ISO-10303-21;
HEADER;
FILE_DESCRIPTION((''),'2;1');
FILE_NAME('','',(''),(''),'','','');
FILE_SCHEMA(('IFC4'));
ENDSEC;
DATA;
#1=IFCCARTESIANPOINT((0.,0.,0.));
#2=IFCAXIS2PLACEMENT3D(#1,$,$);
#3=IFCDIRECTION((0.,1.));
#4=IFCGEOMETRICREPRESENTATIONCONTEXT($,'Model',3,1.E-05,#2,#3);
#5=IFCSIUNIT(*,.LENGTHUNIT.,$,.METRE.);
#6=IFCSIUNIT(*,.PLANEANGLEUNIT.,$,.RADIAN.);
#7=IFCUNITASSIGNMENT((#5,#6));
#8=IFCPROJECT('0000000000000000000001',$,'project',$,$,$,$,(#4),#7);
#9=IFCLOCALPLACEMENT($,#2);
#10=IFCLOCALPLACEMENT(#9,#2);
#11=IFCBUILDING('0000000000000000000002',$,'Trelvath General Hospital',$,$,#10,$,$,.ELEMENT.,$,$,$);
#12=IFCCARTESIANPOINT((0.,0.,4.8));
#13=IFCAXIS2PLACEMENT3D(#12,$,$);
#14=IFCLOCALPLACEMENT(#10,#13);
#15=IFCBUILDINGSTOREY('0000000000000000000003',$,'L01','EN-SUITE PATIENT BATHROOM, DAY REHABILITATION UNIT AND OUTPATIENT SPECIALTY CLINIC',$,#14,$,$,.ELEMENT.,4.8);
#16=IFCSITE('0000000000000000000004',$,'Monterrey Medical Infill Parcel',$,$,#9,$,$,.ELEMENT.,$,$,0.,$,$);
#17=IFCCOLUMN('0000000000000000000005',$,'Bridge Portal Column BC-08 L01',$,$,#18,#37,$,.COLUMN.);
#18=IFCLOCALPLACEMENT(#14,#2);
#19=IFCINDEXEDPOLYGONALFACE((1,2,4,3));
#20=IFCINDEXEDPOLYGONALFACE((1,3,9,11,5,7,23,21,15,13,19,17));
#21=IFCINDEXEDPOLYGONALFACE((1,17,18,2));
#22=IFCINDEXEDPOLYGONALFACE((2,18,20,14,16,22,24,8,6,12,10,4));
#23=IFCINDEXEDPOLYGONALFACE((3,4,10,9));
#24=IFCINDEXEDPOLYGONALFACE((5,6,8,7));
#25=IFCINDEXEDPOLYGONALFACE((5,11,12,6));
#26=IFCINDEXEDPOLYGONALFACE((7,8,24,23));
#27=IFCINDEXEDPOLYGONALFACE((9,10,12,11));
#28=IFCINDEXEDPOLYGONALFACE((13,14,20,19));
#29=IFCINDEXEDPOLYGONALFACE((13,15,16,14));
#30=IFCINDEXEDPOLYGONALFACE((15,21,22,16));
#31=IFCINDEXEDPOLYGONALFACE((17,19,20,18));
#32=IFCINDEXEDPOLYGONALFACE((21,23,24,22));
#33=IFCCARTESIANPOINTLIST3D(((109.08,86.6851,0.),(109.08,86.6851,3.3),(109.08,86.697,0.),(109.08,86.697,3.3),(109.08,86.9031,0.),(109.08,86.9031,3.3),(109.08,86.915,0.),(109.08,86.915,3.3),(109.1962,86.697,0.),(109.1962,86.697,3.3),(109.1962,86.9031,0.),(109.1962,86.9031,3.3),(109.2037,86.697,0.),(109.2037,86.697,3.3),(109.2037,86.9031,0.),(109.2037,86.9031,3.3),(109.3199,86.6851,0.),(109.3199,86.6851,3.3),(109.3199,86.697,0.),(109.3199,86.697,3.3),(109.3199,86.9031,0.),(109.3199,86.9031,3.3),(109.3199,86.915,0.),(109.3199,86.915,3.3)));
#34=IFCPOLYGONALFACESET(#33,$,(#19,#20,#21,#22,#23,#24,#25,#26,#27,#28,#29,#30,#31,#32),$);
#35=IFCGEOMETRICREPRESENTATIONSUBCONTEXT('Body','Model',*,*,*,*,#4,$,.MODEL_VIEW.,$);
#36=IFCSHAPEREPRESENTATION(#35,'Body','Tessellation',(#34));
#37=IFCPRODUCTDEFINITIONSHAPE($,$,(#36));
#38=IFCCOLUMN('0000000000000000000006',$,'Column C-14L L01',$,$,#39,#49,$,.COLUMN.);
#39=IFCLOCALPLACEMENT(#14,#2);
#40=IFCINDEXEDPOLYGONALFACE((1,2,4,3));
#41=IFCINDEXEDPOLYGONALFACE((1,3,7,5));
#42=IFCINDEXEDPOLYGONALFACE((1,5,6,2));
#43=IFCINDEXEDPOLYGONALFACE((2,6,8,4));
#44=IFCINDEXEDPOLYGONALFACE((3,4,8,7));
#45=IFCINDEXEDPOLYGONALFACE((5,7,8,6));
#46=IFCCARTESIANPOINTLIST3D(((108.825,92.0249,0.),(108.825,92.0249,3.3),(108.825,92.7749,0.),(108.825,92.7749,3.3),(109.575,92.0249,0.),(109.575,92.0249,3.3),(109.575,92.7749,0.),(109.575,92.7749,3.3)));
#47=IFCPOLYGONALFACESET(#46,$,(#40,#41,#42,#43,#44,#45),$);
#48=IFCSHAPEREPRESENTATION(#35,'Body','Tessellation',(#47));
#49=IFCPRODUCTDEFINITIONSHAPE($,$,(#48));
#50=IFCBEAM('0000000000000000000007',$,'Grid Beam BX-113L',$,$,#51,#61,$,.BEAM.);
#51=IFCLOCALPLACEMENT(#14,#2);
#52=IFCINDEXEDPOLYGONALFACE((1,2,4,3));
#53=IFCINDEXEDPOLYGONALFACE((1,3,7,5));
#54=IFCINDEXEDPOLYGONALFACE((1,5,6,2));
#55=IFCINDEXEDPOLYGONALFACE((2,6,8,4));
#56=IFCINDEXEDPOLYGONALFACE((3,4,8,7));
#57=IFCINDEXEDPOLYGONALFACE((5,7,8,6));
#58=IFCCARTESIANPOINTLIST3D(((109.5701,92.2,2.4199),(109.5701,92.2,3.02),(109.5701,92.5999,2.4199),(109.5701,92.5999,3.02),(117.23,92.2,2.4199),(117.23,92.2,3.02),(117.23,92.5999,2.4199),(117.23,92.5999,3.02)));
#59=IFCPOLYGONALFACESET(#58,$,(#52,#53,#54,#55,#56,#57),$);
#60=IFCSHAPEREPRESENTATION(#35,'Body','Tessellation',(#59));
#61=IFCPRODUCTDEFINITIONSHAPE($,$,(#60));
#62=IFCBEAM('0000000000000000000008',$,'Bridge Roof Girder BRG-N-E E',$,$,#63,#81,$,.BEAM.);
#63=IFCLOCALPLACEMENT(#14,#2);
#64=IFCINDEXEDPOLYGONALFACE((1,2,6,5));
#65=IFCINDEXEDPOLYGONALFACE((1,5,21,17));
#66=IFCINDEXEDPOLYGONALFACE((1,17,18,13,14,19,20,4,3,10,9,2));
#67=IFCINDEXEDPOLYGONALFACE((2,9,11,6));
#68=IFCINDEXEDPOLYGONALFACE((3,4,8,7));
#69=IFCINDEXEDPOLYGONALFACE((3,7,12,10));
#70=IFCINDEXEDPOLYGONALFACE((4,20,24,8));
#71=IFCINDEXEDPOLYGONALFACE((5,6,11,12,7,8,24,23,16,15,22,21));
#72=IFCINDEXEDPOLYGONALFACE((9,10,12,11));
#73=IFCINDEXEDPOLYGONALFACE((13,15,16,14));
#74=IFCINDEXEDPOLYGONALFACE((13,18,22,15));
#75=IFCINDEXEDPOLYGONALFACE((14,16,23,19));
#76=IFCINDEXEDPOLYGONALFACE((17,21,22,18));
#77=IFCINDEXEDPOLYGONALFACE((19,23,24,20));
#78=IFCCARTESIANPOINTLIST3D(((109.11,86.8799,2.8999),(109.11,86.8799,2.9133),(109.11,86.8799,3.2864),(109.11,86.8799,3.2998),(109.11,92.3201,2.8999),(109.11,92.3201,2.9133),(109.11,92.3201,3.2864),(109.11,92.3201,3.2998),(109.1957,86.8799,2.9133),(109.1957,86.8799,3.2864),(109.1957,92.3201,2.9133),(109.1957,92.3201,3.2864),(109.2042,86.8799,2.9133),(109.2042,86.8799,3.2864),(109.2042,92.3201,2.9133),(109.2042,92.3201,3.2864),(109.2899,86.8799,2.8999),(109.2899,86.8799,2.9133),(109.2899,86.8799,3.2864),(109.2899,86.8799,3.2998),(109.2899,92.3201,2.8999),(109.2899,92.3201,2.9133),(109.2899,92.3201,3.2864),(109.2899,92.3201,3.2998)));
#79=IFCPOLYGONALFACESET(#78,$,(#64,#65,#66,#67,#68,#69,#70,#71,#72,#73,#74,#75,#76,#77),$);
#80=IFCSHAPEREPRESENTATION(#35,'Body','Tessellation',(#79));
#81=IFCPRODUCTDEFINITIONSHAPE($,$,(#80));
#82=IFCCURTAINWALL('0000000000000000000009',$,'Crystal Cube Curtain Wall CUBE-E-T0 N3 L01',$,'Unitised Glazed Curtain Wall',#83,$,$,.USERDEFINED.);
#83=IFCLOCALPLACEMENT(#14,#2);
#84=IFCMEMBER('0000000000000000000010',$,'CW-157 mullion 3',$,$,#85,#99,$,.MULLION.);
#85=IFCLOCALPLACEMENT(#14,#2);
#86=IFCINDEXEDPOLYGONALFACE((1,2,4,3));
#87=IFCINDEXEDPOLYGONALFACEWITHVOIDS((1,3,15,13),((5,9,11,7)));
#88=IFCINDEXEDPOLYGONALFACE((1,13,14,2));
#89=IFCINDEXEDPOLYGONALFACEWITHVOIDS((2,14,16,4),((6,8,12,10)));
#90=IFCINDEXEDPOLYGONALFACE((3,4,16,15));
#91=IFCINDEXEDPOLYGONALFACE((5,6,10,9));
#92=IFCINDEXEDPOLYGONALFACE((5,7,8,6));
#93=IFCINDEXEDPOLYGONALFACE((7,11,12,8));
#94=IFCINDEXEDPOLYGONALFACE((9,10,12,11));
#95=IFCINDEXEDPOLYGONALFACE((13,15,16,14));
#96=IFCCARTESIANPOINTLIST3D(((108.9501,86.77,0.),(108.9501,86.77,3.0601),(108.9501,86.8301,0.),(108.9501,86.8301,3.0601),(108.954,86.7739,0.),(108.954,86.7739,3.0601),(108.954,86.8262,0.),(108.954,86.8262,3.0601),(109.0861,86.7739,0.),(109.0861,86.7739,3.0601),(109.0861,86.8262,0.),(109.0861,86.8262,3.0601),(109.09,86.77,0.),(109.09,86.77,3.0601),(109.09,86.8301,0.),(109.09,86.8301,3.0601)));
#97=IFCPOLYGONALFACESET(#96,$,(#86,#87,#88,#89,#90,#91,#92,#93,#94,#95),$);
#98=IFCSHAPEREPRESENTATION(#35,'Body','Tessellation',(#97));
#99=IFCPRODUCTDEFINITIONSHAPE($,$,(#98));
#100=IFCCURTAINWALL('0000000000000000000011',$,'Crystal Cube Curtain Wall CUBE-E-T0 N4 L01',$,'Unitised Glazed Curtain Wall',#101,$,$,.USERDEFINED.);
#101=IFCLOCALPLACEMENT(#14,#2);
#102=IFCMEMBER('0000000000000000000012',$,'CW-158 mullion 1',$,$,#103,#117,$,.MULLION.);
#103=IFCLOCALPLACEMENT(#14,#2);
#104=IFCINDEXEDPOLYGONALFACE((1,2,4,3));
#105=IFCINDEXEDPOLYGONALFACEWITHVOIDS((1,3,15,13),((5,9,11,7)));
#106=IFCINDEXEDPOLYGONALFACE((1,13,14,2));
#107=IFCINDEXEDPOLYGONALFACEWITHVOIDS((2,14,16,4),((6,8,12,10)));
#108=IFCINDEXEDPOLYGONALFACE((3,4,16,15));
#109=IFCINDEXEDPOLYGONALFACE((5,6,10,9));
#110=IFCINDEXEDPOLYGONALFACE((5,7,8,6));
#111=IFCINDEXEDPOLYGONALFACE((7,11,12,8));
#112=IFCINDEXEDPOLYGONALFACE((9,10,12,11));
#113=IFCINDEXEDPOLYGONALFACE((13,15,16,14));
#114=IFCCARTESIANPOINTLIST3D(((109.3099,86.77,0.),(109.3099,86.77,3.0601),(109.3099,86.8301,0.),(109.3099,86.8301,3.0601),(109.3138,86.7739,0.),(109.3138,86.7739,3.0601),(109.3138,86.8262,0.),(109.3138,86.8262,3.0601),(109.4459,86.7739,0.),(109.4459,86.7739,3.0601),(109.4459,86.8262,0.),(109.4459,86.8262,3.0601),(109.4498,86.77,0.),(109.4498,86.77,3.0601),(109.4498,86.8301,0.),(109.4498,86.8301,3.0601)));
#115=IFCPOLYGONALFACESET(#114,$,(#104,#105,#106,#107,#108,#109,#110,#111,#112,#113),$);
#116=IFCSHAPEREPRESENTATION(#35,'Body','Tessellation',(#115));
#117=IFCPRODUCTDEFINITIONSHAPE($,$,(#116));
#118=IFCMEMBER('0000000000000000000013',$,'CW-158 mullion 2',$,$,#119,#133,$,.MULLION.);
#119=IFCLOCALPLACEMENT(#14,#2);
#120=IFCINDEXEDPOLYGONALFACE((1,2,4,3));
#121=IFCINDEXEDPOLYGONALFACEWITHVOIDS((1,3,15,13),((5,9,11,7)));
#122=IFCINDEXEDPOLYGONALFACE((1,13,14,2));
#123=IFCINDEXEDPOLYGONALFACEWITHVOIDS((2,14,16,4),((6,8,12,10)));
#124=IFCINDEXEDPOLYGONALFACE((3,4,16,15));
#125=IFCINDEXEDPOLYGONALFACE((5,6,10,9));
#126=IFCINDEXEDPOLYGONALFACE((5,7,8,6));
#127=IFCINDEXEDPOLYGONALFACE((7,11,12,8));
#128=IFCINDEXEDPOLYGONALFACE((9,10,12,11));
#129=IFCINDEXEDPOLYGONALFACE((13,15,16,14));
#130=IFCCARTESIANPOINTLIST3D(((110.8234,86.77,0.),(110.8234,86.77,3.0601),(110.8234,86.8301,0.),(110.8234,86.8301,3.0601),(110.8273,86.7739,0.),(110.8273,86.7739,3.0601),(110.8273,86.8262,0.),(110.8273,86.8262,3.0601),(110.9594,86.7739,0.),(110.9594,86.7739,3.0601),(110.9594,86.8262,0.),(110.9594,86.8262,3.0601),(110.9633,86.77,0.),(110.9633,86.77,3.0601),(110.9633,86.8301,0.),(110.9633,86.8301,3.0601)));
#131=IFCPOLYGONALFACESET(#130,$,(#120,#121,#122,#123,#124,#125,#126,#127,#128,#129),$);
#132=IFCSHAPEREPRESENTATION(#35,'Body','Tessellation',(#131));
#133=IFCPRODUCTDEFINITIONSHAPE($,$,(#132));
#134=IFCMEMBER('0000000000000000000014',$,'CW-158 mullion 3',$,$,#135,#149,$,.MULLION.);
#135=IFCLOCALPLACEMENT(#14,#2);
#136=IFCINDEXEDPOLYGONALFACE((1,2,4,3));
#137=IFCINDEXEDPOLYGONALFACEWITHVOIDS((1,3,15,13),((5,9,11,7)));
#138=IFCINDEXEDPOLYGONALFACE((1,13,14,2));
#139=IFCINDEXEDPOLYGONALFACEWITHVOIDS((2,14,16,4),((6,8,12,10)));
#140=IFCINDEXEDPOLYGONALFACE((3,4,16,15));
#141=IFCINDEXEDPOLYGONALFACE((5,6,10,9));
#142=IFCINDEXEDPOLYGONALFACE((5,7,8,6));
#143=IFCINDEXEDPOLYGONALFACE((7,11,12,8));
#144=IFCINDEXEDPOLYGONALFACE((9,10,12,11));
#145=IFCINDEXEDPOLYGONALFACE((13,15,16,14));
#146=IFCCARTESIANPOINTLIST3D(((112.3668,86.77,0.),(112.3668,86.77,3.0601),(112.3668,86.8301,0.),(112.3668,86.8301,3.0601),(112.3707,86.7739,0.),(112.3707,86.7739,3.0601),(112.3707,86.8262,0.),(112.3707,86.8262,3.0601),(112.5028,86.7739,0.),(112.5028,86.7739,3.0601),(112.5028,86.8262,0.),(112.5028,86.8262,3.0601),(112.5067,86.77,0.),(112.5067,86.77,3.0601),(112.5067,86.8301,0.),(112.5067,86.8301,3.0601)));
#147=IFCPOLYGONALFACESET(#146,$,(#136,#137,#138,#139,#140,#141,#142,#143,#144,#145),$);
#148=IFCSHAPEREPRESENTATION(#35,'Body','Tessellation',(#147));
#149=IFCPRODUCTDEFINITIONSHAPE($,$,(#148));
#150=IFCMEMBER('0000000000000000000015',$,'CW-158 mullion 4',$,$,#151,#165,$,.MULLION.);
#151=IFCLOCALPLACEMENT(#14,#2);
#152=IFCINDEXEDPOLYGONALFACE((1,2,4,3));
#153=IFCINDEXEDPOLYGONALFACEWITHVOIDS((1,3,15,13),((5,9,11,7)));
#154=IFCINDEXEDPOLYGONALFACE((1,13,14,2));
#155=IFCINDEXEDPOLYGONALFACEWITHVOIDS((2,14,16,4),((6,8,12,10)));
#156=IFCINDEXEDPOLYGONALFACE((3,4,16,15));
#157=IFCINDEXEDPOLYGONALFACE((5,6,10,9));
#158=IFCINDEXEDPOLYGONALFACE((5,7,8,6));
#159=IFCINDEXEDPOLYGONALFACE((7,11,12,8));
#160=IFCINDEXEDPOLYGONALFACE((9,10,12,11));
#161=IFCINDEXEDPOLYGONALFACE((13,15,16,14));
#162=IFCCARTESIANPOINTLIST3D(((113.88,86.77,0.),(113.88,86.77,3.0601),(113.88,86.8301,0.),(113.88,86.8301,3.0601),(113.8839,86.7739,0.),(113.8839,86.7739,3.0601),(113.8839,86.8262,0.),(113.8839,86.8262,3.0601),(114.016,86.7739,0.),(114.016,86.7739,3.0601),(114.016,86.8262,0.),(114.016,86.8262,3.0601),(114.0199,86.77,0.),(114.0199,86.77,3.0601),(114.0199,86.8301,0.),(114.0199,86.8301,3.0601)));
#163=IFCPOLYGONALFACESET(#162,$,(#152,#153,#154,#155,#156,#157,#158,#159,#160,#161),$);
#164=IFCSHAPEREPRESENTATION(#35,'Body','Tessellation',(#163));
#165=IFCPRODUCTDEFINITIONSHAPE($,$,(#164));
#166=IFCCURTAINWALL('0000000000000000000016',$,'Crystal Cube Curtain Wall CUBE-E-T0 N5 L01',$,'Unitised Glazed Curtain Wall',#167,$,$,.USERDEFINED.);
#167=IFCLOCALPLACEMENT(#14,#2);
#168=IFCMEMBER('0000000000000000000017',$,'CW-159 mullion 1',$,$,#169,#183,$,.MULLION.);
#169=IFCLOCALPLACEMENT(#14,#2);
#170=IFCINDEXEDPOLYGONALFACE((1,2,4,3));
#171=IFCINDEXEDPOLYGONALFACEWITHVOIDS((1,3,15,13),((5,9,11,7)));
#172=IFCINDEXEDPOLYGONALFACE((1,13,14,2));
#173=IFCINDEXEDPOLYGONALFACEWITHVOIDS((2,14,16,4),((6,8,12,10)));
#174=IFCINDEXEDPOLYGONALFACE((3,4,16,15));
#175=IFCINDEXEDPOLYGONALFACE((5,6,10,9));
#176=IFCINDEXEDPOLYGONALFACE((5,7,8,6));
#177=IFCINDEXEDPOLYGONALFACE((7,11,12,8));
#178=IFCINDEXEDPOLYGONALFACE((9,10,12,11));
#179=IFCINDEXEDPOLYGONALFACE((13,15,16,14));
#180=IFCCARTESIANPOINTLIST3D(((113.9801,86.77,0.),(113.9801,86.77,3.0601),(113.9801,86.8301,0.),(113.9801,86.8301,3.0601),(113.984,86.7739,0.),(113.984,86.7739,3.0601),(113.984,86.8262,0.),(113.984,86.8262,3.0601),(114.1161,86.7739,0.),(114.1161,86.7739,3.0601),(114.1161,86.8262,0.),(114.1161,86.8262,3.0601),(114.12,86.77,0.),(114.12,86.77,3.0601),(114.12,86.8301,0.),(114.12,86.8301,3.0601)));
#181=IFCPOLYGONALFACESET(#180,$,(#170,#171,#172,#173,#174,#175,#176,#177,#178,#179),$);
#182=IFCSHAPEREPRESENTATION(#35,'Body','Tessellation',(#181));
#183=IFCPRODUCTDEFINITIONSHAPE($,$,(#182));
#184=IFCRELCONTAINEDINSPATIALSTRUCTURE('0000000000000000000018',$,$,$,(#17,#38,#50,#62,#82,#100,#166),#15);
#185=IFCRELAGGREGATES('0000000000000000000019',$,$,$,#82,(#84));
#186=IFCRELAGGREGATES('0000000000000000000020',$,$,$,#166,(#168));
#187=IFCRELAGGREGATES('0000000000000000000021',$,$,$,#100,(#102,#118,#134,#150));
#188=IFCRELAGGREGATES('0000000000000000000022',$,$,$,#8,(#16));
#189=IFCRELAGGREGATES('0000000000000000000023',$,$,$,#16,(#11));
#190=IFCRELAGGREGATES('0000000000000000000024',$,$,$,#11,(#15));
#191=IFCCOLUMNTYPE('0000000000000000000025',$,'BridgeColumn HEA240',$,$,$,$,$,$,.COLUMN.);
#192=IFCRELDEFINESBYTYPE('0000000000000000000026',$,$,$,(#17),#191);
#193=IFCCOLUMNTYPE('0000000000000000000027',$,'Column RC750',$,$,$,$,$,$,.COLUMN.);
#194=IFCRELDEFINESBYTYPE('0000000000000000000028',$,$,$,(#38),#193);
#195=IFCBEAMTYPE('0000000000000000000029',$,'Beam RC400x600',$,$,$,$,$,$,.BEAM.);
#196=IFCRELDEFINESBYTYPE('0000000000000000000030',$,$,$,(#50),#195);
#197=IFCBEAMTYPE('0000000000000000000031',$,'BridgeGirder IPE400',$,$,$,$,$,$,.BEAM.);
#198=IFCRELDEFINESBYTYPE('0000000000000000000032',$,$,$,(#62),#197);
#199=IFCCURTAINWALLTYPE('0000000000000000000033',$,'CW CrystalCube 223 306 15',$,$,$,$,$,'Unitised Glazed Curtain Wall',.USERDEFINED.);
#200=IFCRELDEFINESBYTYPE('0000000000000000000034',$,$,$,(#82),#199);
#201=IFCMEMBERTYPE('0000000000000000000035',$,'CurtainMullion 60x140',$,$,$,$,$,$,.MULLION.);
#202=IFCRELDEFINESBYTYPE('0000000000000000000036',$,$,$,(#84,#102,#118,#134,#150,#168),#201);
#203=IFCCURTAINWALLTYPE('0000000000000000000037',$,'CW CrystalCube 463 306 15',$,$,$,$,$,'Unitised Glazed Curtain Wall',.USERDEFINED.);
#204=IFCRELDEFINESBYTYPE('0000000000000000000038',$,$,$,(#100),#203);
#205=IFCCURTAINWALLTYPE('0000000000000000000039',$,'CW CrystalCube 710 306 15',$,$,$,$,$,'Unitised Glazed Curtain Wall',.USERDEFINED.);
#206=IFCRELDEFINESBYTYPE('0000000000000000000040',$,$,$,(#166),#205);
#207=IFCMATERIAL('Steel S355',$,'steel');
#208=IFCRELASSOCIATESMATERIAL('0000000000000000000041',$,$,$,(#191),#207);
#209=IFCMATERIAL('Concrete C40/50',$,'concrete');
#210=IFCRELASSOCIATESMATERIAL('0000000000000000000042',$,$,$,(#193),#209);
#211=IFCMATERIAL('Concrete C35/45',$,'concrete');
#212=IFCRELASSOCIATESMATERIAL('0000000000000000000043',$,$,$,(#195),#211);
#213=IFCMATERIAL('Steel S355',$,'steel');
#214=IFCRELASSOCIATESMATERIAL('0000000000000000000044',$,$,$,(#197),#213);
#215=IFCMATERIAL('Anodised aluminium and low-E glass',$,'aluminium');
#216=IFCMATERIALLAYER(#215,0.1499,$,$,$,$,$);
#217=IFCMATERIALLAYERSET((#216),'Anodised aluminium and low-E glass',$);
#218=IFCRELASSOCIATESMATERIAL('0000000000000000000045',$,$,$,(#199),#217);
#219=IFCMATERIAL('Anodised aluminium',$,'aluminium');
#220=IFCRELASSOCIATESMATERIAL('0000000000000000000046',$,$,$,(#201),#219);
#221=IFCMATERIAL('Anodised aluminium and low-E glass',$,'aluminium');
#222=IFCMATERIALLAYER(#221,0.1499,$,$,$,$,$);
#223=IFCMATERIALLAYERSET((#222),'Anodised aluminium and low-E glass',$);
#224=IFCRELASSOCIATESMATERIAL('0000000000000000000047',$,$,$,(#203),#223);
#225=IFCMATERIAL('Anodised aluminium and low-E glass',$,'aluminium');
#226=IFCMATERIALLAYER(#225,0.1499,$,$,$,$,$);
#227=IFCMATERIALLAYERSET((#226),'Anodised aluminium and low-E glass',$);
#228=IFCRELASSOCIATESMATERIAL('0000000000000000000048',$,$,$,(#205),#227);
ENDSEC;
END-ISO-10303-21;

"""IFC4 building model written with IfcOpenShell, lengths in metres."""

from ifc_helpers import new_model, si_unit, direction, frame, origin, origin_2d, place, context, subcontext, project, spatial, rectangle, hollow_rectangle, i_section, extrude, material, layer, layer_set, material_profile, profile_set, type_object, element, aggregate, save


model = new_model("IFC4")

# Units and contexts
model_context = context("Model", 3, precision=1e-05, world=origin(), true_north=direction((0.0, 1.0)))
body_context = subcontext(model_context, "Body", "Model", "MODEL_VIEW")
ifc_project = project(units=[si_unit("LENGTHUNIT", "METRE"), si_unit("PLANEANGLEUNIT", "RADIAN")], contexts=[model_context])

# Site, building, storey
site_placement = place(None, origin())
site = spatial("IfcSite", under=ifc_project, at=site_placement, Name="Monterrey Medical Infill Parcel", CompositionType="ELEMENT", RefElevation=0.0)
building_placement = place(site_placement, origin())
building = spatial("IfcBuilding", under=site, at=building_placement, Name="Trelvath General Hospital", CompositionType="ELEMENT")
storey_placement = place(building_placement, frame((0.0, 0.0, 4.8)))
storey = spatial("IfcBuildingStorey", under=building, at=storey_placement, Name="L01", Description="EN-SUITE PATIENT BATHROOM, DAY REHABILITATION UNIT AND OUTPATIENT SPECIALTY CLINIC", CompositionType="ELEMENT", Elevation=4.8)

# Columns
ifc_material_1 = material(Name="Steel S355", Category="steel")
ifc_material_profile_1 = material_profile(ifc_material_1, i_section(OverallWidth=0.24, OverallDepth=0.23, WebThickness=0.0076, FlangeThickness=0.012, at=origin_2d()), Name="HEA240")
ifc_profile_set_1 = profile_set([ifc_material_profile_1], Name="Steel S355")
column_type_1 = type_object("IfcColumnType", Name="BridgeColumn HEA240", PredefinedType="COLUMN", material=ifc_profile_set_1)
column_1_placement = place(storey_placement, frame((109.2, 86.8, 0.0), z_axis=(0.0, 0.0, 1.0), x_axis=(1.0, 0.0, 0.0)))
element("IfcColumn", 1, at=column_1_placement, inside=storey, type_object=column_type_1, Name="Bridge Portal Column BC-08 L01", PredefinedType="COLUMN", context=body_context, shape_type="SweptSolid", body=[
    extrude(i_section(OverallWidth=0.24, OverallDepth=0.23, WebThickness=0.0076, FlangeThickness=0.012, at=origin_2d()), origin(), (0.0, 0.0, 1.0), 3.3),
])
ifc_material_2 = material(Name="Concrete C40/50", Category="concrete")
ifc_material_profile_2 = material_profile(ifc_material_2, rectangle(XDim=0.75, YDim=0.75, at=origin_2d()), Name="RC750x750")
ifc_profile_set_2 = profile_set([ifc_material_profile_2], Name="Concrete C40/50")
column_type_2 = type_object("IfcColumnType", Name="Column RC750", PredefinedType="COLUMN", material=ifc_profile_set_2)
column_2_placement = place(storey_placement, frame((109.2, 92.3999, 0.0), z_axis=(0.0, 0.0, 1.0), x_axis=(1.0, 0.0, 0.0)))
element("IfcColumn", 2, at=column_2_placement, inside=storey, type_object=column_type_2, Name="Column C-14L L01", PredefinedType="COLUMN", context=body_context, shape_type="SweptSolid", body=[
    extrude(rectangle(XDim=0.75, YDim=0.75, at=origin_2d()), origin(), (0.0, 0.0, 1.0), 3.3),
])

# Beams
ifc_material_3 = material(Name="Concrete C35/45", Category="concrete")
ifc_material_profile_3 = material_profile(ifc_material_3, rectangle(XDim=0.3999, YDim=0.6001, at=origin_2d()), Name="RCB400x600")
ifc_profile_set_3 = profile_set([ifc_material_profile_3], Name="Concrete C35/45")
beam_type_1 = type_object("IfcBeamType", Name="Beam RC400x600", PredefinedType="BEAM", material=ifc_profile_set_3)
beam_1_placement = place(storey_placement, frame((109.5701, 92.3999, 2.72), z_axis=(1.0, 0.0, 0.0), x_axis=(0.0, 1.0, 0.0)))
element("IfcBeam", 3, at=beam_1_placement, inside=storey, type_object=beam_type_1, Name="Grid Beam BX-113L", PredefinedType="BEAM", context=body_context, shape_type="SweptSolid", body=[
    extrude(rectangle(XDim=0.3999, YDim=0.6001, at=origin_2d()), origin(), (0.0, 0.0, 1.0), 7.6599),
])
ifc_material_4 = material(Name="Steel S355", Category="steel")
ifc_material_profile_4 = material_profile(ifc_material_4, i_section(OverallWidth=0.1799, OverallDepth=0.3999, WebThickness=0.0085, FlangeThickness=0.0134, at=origin_2d()), Name="IPE400")
ifc_profile_set_4 = profile_set([ifc_material_profile_4], Name="Steel S355")
beam_type_2 = type_object("IfcBeamType", Name="BridgeGirder IPE400", PredefinedType="BEAM", material=ifc_profile_set_4)
beam_2_placement = place(storey_placement, frame((109.2, 86.8799, 3.0999), z_axis=(0.0, 1.0, 0.0), x_axis=(-1.0, 0.0, 0.0)))
element("IfcBeam", 4, at=beam_2_placement, inside=storey, type_object=beam_type_2, Name="Bridge Roof Girder BRG-N-E E", PredefinedType="BEAM", context=body_context, shape_type="SweptSolid", body=[
    extrude(i_section(OverallWidth=0.1799, OverallDepth=0.3999, WebThickness=0.0085, FlangeThickness=0.0134, at=origin_2d()), origin(), (0.0, 0.0, 1.0), 5.4402),
])

# Curtain wall, member
ifc_material_5 = material(Name="Anodised aluminium and low-E glass", Category="aluminium")
ifc_layer_1 = layer(ifc_material_5, 0.1499)
ifc_layer_set_1 = layer_set([ifc_layer_1], Name="Anodised aluminium and low-E glass")
curtain_wall_type_1 = type_object("IfcCurtainWallType", Name="CW CrystalCube 223 306 15", ElementType="Unitised Glazed Curtain Wall", PredefinedType="USERDEFINED", material=ifc_layer_set_1)
curtain_wall_1_placement = place(storey_placement, origin())
curtain_wall_1 = element("IfcCurtainWall", 5, at=curtain_wall_1_placement, inside=storey, type_object=curtain_wall_type_1, Name="Crystal Cube Curtain Wall CUBE-E-T0 N3 L01", ObjectType="Unitised Glazed Curtain Wall", PredefinedType="USERDEFINED")
ifc_material_6 = material(Name="Anodised aluminium", Category="aluminium")
ifc_material_profile_5 = material_profile(ifc_material_6, hollow_rectangle(XDim=0.0601, YDim=0.1399, WallThickness=0.0039, at=origin_2d()), Name="RHS60x140x4")
ifc_profile_set_5 = profile_set([ifc_material_profile_5], Name="Anodised aluminium")
member_type_1 = type_object("IfcMemberType", Name="CurtainMullion 60x140", PredefinedType="MULLION", material=ifc_profile_set_5)
member_1_placement = place(storey_placement, frame((109.02, 86.8, 0.0), z_axis=(0.0, 0.0, 1.0), x_axis=(0.0, 1.0, 0.0)))
member_1 = element("IfcMember", 6, at=member_1_placement, type_object=member_type_1, Name="CW-157 mullion 3", PredefinedType="MULLION", context=body_context, shape_type="SweptSolid", body=[
    extrude(hollow_rectangle(XDim=0.0601, YDim=0.1399, WallThickness=0.0039, at=origin_2d()), origin(), (0.0, 0.0, 1.0), 3.0601),
])
aggregate(curtain_wall_1, [member_1])

# Curtain wall, members
ifc_material_7 = material(Name="Anodised aluminium and low-E glass", Category="aluminium")
ifc_layer_2 = layer(ifc_material_7, 0.1499)
ifc_layer_set_2 = layer_set([ifc_layer_2], Name="Anodised aluminium and low-E glass")
curtain_wall_type_2 = type_object("IfcCurtainWallType", Name="CW CrystalCube 463 306 15", ElementType="Unitised Glazed Curtain Wall", PredefinedType="USERDEFINED", material=ifc_layer_set_2)
curtain_wall_2_placement = place(storey_placement, origin())
curtain_wall_2 = element("IfcCurtainWall", 7, at=curtain_wall_2_placement, inside=storey, type_object=curtain_wall_type_2, Name="Crystal Cube Curtain Wall CUBE-E-T0 N4 L01", ObjectType="Unitised Glazed Curtain Wall", PredefinedType="USERDEFINED")
member_2_placement = place(storey_placement, frame((109.3799, 86.8, 0.0), z_axis=(0.0, 0.0, 1.0), x_axis=(0.0, 1.0, 0.0)))
member_2 = element("IfcMember", 8, at=member_2_placement, type_object=member_type_1, Name="CW-158 mullion 1", PredefinedType="MULLION", context=body_context, shape_type="SweptSolid", body=[
    extrude(hollow_rectangle(XDim=0.0601, YDim=0.1399, WallThickness=0.0039, at=origin_2d()), origin(), (0.0, 0.0, 1.0), 3.0601),
])
member_3_placement = place(storey_placement, frame((110.8933, 86.8, 0.0), z_axis=(0.0, 0.0, 1.0), x_axis=(0.0, 1.0, 0.0)))
member_3 = element("IfcMember", 9, at=member_3_placement, type_object=member_type_1, Name="CW-158 mullion 2", PredefinedType="MULLION", context=body_context, shape_type="SweptSolid", body=[
    extrude(hollow_rectangle(XDim=0.0601, YDim=0.1399, WallThickness=0.0039, at=origin_2d()), origin(), (0.0, 0.0, 1.0), 3.0601),
])
member_4_placement = place(storey_placement, frame((112.4368, 86.8, 0.0), z_axis=(0.0, 0.0, 1.0), x_axis=(0.0, 1.0, 0.0)))
member_4 = element("IfcMember", 10, at=member_4_placement, type_object=member_type_1, Name="CW-158 mullion 3", PredefinedType="MULLION", context=body_context, shape_type="SweptSolid", body=[
    extrude(hollow_rectangle(XDim=0.0601, YDim=0.1399, WallThickness=0.0039, at=origin_2d()), origin(), (0.0, 0.0, 1.0), 3.0601),
])
member_5_placement = place(storey_placement, frame((113.95, 86.8, 0.0), z_axis=(0.0, 0.0, 1.0), x_axis=(0.0, 1.0, 0.0)))
member_5 = element("IfcMember", 11, at=member_5_placement, type_object=member_type_1, Name="CW-158 mullion 4", PredefinedType="MULLION", context=body_context, shape_type="SweptSolid", body=[
    extrude(hollow_rectangle(XDim=0.0601, YDim=0.1399, WallThickness=0.0039, at=origin_2d()), origin(), (0.0, 0.0, 1.0), 3.0601),
])

# Curtain wall, member
ifc_material_8 = material(Name="Anodised aluminium and low-E glass", Category="aluminium")
ifc_layer_3 = layer(ifc_material_8, 0.1499)
ifc_layer_set_3 = layer_set([ifc_layer_3], Name="Anodised aluminium and low-E glass")
curtain_wall_type_3 = type_object("IfcCurtainWallType", Name="CW CrystalCube 710 306 15", ElementType="Unitised Glazed Curtain Wall", PredefinedType="USERDEFINED", material=ifc_layer_set_3)
curtain_wall_3_placement = place(storey_placement, origin())
curtain_wall_3 = element("IfcCurtainWall", 12, at=curtain_wall_3_placement, inside=storey, type_object=curtain_wall_type_3, Name="Crystal Cube Curtain Wall CUBE-E-T0 N5 L01", ObjectType="Unitised Glazed Curtain Wall", PredefinedType="USERDEFINED")
member_6_placement = place(storey_placement, frame((114.05, 86.8, 0.0), z_axis=(0.0, 0.0, 1.0), x_axis=(0.0, 1.0, 0.0)))
member_6 = element("IfcMember", 13, at=member_6_placement, type_object=member_type_1, Name="CW-159 mullion 1", PredefinedType="MULLION", context=body_context, shape_type="SweptSolid", body=[
    extrude(hollow_rectangle(XDim=0.0601, YDim=0.1399, WallThickness=0.0039, at=origin_2d()), origin(), (0.0, 0.0, 1.0), 3.0601),
])

aggregate(curtain_wall_3, [member_6])

aggregate(curtain_wall_2, [member_2, member_3, member_4, member_5])

save(model, "model.ifc")
